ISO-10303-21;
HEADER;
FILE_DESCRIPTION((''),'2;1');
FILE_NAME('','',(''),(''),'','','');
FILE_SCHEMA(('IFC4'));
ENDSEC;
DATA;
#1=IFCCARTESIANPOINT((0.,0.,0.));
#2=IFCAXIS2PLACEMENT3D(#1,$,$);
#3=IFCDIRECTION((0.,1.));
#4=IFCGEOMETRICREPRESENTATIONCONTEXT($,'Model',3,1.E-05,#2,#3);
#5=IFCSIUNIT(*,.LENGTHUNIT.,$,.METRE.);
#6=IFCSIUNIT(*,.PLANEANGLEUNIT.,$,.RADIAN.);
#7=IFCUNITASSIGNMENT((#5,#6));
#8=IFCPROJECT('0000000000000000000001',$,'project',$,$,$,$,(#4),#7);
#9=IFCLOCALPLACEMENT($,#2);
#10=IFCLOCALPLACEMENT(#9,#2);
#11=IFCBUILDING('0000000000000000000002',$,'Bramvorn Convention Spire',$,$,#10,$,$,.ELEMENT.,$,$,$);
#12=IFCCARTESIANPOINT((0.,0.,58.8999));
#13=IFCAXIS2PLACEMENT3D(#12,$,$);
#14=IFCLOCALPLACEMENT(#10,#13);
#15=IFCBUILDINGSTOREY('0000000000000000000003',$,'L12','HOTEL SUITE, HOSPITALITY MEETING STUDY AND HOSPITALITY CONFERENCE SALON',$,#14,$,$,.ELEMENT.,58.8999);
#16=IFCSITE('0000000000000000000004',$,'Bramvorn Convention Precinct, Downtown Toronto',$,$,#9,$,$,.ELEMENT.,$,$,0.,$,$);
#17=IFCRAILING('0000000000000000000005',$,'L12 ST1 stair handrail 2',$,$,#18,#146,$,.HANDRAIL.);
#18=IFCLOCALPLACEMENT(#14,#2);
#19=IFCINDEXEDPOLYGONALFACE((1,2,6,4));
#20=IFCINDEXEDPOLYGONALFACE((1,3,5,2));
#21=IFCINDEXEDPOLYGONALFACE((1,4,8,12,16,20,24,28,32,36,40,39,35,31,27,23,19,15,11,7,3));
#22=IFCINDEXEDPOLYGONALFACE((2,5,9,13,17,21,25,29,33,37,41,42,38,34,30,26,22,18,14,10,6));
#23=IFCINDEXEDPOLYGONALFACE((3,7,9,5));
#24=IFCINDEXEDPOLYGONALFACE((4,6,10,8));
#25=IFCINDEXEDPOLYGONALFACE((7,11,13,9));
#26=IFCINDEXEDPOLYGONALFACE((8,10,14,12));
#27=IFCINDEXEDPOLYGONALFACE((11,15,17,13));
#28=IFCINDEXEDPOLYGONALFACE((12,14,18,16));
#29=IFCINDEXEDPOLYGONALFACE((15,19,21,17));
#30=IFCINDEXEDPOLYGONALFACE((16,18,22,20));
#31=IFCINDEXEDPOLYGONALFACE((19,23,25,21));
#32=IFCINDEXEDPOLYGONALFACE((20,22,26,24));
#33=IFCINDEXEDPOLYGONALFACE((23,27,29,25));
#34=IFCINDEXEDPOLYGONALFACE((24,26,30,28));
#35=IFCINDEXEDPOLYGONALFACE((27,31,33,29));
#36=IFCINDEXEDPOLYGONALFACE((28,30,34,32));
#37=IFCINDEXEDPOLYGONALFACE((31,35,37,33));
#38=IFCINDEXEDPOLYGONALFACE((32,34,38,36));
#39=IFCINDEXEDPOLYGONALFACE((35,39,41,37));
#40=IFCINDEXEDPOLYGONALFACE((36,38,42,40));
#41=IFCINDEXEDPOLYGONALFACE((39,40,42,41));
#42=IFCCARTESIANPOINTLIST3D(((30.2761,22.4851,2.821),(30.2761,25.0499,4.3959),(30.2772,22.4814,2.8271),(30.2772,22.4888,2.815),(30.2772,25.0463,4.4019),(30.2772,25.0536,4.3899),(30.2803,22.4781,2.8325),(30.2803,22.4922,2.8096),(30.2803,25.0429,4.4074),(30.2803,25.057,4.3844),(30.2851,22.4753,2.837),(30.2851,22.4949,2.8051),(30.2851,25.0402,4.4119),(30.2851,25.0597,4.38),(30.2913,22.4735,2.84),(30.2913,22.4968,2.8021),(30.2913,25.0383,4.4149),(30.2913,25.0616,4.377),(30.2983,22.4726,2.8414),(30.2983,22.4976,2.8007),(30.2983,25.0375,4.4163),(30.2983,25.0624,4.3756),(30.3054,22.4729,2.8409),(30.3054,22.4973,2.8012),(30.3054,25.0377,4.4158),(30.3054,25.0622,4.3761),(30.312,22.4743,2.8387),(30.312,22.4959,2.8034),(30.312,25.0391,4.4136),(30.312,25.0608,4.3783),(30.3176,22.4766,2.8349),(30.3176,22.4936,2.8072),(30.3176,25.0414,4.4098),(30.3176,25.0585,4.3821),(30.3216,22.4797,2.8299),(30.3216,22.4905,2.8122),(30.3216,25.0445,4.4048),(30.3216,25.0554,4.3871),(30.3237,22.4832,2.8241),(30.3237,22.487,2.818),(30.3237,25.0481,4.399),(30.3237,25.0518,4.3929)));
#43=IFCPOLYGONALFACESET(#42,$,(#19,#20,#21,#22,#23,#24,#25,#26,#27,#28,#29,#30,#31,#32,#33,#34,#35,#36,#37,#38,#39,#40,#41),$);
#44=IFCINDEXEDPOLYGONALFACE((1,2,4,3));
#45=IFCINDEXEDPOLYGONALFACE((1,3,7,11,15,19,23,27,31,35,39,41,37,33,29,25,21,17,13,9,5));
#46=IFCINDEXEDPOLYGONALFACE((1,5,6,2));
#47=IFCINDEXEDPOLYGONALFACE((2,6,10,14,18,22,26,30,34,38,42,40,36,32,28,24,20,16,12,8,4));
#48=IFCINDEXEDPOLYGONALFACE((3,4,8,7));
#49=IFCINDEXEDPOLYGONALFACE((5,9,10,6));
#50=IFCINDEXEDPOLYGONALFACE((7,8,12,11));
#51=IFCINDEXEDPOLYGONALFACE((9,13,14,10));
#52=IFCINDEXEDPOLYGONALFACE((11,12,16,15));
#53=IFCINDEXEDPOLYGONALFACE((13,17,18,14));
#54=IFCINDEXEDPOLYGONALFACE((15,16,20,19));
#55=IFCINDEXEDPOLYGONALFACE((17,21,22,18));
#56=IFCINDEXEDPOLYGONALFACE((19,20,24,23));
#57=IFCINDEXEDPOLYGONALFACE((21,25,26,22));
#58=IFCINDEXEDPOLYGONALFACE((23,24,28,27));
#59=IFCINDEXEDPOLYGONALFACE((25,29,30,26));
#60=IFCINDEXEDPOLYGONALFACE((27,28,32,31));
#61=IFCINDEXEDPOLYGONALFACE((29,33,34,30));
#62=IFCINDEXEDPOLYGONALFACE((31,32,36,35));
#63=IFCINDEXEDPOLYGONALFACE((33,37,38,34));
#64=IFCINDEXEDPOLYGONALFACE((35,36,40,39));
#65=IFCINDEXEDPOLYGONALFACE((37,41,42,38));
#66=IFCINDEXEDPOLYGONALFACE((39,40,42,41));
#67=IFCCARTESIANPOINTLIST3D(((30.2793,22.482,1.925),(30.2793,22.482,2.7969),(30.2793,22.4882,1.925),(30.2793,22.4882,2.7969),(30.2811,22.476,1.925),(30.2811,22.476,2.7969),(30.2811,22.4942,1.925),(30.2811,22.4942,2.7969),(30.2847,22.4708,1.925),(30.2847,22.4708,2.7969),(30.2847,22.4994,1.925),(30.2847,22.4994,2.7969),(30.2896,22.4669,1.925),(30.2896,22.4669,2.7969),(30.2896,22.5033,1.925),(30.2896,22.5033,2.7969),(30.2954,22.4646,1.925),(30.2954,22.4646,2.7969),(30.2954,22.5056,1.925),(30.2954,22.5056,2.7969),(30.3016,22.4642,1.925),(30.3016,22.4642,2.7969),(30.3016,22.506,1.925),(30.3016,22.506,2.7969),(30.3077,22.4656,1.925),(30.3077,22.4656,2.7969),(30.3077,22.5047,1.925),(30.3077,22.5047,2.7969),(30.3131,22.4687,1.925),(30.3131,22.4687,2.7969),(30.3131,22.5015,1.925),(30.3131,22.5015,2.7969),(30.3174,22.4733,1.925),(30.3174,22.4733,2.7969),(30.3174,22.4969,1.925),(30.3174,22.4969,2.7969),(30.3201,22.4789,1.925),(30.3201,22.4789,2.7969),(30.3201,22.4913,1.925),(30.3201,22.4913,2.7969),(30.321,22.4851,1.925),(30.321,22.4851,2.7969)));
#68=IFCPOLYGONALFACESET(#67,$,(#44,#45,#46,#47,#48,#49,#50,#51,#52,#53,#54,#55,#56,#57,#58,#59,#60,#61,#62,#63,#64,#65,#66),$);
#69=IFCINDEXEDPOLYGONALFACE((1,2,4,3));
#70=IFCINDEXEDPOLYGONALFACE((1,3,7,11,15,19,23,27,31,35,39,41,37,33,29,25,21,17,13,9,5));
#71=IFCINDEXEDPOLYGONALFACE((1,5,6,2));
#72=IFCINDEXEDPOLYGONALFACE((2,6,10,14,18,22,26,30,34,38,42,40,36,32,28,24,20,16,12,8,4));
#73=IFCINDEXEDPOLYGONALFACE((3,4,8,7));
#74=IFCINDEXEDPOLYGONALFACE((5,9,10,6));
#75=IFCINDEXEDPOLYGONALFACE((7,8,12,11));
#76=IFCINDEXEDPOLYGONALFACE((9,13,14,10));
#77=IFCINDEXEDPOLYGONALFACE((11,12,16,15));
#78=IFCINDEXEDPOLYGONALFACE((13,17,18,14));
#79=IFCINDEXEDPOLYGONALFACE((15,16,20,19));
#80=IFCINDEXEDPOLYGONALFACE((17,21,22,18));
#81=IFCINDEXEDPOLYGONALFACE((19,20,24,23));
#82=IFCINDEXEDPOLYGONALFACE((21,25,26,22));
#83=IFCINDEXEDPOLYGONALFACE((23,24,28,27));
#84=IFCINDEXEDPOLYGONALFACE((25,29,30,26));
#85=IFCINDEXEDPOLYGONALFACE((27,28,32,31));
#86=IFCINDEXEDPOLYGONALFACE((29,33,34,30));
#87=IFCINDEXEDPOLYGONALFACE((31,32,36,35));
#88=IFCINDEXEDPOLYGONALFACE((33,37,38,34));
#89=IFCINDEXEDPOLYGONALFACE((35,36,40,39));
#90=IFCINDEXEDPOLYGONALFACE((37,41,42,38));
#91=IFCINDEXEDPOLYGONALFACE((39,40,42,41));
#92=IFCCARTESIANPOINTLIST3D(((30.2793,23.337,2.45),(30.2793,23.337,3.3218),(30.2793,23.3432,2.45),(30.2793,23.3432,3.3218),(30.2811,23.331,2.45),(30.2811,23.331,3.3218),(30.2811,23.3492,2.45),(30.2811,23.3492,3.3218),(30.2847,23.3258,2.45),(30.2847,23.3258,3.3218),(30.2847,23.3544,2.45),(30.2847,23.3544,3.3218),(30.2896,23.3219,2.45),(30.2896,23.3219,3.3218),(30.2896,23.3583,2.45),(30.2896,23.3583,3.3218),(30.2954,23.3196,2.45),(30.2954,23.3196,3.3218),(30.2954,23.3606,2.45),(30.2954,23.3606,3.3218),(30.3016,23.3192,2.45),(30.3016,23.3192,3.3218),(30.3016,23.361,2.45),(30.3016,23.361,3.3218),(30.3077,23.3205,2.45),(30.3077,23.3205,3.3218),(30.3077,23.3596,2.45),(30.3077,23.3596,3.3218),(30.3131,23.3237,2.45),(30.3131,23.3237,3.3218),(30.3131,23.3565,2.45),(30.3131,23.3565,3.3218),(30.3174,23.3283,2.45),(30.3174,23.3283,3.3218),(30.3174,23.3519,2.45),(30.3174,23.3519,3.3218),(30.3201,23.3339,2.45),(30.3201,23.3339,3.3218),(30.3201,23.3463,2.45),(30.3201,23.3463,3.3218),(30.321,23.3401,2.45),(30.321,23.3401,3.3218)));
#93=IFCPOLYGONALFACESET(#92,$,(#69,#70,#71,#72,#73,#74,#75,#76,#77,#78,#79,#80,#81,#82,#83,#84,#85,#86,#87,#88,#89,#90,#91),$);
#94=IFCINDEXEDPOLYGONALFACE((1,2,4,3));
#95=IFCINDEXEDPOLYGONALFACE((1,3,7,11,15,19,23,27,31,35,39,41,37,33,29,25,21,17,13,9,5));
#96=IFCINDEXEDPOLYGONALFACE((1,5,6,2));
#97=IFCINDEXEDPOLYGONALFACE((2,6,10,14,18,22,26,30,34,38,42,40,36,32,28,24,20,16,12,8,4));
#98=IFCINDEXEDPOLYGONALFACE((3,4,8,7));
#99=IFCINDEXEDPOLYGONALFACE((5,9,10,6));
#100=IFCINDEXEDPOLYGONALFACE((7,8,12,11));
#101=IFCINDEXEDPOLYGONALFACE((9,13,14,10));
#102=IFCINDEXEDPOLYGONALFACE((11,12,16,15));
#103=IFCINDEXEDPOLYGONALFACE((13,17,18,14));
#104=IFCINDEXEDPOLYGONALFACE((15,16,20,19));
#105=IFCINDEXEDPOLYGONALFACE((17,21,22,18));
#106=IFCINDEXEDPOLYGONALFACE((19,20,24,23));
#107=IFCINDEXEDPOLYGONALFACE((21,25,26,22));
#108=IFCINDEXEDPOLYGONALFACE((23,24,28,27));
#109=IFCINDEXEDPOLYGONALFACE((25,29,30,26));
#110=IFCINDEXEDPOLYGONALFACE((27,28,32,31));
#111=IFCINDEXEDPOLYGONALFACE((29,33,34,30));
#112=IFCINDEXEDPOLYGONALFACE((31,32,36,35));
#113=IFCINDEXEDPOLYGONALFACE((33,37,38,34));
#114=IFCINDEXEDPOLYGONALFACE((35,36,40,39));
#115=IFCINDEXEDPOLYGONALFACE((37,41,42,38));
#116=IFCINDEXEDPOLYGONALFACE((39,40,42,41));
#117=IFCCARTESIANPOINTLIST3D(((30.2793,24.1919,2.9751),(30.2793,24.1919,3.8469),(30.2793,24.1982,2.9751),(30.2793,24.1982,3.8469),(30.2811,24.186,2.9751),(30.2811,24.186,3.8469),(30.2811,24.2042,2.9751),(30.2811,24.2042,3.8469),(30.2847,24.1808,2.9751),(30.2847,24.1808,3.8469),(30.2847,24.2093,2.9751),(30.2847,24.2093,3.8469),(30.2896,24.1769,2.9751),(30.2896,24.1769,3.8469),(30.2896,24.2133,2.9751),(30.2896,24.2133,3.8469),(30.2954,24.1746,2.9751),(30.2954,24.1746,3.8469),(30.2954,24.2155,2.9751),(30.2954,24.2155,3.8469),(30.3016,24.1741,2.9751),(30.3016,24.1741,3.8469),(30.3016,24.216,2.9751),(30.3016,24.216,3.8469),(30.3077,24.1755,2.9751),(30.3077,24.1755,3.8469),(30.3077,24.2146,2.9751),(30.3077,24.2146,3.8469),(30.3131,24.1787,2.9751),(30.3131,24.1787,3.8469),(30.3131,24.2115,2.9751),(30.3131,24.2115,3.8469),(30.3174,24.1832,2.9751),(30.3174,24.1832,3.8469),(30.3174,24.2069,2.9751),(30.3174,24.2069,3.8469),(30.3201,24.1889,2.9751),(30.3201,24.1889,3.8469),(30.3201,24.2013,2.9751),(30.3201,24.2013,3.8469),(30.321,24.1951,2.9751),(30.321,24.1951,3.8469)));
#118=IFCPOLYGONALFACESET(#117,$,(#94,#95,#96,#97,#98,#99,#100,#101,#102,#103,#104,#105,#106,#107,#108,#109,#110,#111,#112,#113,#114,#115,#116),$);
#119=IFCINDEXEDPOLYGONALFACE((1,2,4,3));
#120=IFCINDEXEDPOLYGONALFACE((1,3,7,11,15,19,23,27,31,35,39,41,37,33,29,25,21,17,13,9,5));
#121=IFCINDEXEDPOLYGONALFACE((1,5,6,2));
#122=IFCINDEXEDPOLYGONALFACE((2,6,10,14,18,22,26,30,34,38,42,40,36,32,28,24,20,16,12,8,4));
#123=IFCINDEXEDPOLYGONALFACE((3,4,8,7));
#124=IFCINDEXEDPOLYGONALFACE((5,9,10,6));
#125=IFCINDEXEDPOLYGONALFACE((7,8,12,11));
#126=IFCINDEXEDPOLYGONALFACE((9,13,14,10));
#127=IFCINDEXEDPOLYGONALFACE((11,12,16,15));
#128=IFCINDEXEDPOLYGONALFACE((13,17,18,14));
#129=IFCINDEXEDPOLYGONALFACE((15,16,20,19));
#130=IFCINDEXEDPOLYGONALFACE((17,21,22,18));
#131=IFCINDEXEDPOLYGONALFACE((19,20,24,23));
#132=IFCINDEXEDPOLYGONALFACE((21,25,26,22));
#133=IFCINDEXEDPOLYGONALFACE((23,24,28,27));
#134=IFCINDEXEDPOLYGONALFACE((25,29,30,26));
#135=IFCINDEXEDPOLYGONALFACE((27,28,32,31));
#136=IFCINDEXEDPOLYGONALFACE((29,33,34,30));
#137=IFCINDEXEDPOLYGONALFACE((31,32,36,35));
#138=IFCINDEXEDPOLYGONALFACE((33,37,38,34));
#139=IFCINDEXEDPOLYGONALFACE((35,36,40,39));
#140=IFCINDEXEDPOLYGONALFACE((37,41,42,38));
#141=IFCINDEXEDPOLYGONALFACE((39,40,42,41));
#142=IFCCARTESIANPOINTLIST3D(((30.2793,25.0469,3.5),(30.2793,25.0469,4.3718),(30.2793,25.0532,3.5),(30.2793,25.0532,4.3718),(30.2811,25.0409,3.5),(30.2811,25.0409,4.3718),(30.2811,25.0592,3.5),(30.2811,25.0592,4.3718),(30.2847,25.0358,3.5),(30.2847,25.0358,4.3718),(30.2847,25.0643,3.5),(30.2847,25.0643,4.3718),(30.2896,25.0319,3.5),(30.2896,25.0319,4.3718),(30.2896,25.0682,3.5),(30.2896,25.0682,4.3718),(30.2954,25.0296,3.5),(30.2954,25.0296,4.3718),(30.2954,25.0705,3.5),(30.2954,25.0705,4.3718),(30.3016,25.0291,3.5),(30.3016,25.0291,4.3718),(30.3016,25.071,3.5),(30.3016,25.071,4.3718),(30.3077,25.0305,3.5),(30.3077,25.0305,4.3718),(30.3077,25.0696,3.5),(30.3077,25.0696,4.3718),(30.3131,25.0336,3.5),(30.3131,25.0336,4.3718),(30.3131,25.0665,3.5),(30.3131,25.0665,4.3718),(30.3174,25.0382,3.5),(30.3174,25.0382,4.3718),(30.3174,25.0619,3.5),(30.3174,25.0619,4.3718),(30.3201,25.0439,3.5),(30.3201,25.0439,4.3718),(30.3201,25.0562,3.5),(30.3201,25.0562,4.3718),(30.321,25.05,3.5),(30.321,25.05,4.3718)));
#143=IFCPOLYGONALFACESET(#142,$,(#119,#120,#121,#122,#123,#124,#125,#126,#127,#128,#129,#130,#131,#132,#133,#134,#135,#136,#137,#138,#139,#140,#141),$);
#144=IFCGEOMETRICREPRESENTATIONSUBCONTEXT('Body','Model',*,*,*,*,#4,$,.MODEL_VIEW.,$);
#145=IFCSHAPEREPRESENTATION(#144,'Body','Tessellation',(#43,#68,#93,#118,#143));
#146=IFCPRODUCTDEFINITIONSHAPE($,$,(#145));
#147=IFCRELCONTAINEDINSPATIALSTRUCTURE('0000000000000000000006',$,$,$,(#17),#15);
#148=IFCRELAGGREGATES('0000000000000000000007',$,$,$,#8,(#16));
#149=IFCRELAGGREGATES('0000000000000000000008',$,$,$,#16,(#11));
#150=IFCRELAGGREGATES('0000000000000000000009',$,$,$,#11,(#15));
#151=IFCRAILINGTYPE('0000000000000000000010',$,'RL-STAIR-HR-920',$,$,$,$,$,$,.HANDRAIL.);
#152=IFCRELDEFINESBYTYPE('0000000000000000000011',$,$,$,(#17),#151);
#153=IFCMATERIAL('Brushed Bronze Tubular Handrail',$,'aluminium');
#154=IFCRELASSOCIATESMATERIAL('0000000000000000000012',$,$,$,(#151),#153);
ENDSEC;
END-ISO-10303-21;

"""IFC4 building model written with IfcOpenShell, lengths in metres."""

from ifc_helpers import new_model, si_unit, direction, frame, origin, origin_2d, place, context, subcontext, project, spatial, circle, extrude, material, type_object, element, save


model = new_model("IFC4")

# Units and contexts
model_context = context("Model", 3, precision=1e-05, world=origin(), true_north=direction((0.0, 1.0)))
body_context = subcontext(model_context, "Body", "Model", "MODEL_VIEW")
ifc_project = project(units=[si_unit("LENGTHUNIT", "METRE"), si_unit("PLANEANGLEUNIT", "RADIAN")], contexts=[model_context])

# Site, building, storey
site_placement = place(None, origin())
site = spatial("IfcSite", under=ifc_project, at=site_placement, Name="Bramvorn Convention Precinct, Downtown Toronto", CompositionType="ELEMENT", RefElevation=0.0)
building_placement = place(site_placement, origin())
building = spatial("IfcBuilding", under=site, at=building_placement, Name="Bramvorn Convention Spire", CompositionType="ELEMENT")
storey_placement = place(building_placement, frame((0.0, 0.0, 58.8999)))
storey = spatial("IfcBuildingStorey", under=building, at=storey_placement, Name="L12", Description="HOTEL SUITE, HOSPITALITY MEETING STUDY AND HOSPITALITY CONFERENCE SALON", CompositionType="ELEMENT", Elevation=58.8999)

# Railing
ifc_material_1 = material(Name="Brushed Bronze Tubular Handrail", Category="aluminium")
railing_type_1 = type_object("IfcRailingType", Name="RL-STAIR-HR-920", PredefinedType="HANDRAIL", material=ifc_material_1)
for number, where, name in (
    (1, (30.3, 22.4851, 1.925), "L12 ST1 stair handrail 2"),
):
    element("IfcRailing", number, at=place(storey_placement, frame(where)), inside=storey, type_object=railing_type_1, Name=name, PredefinedType="HANDRAIL", context=body_context, shape_type="SweptSolid", body=[
        extrude(circle(Radius=0.0239, at=origin_2d()), frame((0.0, 0.0, 0.896), z_axis=(0.0, 0.852173, 0.52326), x_axis=(-1.0, 0.0, 0.0)), (0.0, 0.0, 1.0), 3.0098),
        extrude(circle(Radius=0.021, at=origin_2d()), origin(), (0.0, 0.0, 1.0), 0.8718),
        extrude(circle(Radius=0.021, at=origin_2d()), frame((0.0, 0.855, 0.5249)), (0.0, 0.0, 1.0), 0.8718),
        extrude(circle(Radius=0.021, at=origin_2d()), frame((0.0, 1.71, 1.05)), (0.0, 0.0, 1.0), 0.8718),
        extrude(circle(Radius=0.021, at=origin_2d()), frame((0.0, 2.5649, 1.575)), (0.0, 0.0, 1.0), 0.8718),
    ])

save(model, "model.ifc")
